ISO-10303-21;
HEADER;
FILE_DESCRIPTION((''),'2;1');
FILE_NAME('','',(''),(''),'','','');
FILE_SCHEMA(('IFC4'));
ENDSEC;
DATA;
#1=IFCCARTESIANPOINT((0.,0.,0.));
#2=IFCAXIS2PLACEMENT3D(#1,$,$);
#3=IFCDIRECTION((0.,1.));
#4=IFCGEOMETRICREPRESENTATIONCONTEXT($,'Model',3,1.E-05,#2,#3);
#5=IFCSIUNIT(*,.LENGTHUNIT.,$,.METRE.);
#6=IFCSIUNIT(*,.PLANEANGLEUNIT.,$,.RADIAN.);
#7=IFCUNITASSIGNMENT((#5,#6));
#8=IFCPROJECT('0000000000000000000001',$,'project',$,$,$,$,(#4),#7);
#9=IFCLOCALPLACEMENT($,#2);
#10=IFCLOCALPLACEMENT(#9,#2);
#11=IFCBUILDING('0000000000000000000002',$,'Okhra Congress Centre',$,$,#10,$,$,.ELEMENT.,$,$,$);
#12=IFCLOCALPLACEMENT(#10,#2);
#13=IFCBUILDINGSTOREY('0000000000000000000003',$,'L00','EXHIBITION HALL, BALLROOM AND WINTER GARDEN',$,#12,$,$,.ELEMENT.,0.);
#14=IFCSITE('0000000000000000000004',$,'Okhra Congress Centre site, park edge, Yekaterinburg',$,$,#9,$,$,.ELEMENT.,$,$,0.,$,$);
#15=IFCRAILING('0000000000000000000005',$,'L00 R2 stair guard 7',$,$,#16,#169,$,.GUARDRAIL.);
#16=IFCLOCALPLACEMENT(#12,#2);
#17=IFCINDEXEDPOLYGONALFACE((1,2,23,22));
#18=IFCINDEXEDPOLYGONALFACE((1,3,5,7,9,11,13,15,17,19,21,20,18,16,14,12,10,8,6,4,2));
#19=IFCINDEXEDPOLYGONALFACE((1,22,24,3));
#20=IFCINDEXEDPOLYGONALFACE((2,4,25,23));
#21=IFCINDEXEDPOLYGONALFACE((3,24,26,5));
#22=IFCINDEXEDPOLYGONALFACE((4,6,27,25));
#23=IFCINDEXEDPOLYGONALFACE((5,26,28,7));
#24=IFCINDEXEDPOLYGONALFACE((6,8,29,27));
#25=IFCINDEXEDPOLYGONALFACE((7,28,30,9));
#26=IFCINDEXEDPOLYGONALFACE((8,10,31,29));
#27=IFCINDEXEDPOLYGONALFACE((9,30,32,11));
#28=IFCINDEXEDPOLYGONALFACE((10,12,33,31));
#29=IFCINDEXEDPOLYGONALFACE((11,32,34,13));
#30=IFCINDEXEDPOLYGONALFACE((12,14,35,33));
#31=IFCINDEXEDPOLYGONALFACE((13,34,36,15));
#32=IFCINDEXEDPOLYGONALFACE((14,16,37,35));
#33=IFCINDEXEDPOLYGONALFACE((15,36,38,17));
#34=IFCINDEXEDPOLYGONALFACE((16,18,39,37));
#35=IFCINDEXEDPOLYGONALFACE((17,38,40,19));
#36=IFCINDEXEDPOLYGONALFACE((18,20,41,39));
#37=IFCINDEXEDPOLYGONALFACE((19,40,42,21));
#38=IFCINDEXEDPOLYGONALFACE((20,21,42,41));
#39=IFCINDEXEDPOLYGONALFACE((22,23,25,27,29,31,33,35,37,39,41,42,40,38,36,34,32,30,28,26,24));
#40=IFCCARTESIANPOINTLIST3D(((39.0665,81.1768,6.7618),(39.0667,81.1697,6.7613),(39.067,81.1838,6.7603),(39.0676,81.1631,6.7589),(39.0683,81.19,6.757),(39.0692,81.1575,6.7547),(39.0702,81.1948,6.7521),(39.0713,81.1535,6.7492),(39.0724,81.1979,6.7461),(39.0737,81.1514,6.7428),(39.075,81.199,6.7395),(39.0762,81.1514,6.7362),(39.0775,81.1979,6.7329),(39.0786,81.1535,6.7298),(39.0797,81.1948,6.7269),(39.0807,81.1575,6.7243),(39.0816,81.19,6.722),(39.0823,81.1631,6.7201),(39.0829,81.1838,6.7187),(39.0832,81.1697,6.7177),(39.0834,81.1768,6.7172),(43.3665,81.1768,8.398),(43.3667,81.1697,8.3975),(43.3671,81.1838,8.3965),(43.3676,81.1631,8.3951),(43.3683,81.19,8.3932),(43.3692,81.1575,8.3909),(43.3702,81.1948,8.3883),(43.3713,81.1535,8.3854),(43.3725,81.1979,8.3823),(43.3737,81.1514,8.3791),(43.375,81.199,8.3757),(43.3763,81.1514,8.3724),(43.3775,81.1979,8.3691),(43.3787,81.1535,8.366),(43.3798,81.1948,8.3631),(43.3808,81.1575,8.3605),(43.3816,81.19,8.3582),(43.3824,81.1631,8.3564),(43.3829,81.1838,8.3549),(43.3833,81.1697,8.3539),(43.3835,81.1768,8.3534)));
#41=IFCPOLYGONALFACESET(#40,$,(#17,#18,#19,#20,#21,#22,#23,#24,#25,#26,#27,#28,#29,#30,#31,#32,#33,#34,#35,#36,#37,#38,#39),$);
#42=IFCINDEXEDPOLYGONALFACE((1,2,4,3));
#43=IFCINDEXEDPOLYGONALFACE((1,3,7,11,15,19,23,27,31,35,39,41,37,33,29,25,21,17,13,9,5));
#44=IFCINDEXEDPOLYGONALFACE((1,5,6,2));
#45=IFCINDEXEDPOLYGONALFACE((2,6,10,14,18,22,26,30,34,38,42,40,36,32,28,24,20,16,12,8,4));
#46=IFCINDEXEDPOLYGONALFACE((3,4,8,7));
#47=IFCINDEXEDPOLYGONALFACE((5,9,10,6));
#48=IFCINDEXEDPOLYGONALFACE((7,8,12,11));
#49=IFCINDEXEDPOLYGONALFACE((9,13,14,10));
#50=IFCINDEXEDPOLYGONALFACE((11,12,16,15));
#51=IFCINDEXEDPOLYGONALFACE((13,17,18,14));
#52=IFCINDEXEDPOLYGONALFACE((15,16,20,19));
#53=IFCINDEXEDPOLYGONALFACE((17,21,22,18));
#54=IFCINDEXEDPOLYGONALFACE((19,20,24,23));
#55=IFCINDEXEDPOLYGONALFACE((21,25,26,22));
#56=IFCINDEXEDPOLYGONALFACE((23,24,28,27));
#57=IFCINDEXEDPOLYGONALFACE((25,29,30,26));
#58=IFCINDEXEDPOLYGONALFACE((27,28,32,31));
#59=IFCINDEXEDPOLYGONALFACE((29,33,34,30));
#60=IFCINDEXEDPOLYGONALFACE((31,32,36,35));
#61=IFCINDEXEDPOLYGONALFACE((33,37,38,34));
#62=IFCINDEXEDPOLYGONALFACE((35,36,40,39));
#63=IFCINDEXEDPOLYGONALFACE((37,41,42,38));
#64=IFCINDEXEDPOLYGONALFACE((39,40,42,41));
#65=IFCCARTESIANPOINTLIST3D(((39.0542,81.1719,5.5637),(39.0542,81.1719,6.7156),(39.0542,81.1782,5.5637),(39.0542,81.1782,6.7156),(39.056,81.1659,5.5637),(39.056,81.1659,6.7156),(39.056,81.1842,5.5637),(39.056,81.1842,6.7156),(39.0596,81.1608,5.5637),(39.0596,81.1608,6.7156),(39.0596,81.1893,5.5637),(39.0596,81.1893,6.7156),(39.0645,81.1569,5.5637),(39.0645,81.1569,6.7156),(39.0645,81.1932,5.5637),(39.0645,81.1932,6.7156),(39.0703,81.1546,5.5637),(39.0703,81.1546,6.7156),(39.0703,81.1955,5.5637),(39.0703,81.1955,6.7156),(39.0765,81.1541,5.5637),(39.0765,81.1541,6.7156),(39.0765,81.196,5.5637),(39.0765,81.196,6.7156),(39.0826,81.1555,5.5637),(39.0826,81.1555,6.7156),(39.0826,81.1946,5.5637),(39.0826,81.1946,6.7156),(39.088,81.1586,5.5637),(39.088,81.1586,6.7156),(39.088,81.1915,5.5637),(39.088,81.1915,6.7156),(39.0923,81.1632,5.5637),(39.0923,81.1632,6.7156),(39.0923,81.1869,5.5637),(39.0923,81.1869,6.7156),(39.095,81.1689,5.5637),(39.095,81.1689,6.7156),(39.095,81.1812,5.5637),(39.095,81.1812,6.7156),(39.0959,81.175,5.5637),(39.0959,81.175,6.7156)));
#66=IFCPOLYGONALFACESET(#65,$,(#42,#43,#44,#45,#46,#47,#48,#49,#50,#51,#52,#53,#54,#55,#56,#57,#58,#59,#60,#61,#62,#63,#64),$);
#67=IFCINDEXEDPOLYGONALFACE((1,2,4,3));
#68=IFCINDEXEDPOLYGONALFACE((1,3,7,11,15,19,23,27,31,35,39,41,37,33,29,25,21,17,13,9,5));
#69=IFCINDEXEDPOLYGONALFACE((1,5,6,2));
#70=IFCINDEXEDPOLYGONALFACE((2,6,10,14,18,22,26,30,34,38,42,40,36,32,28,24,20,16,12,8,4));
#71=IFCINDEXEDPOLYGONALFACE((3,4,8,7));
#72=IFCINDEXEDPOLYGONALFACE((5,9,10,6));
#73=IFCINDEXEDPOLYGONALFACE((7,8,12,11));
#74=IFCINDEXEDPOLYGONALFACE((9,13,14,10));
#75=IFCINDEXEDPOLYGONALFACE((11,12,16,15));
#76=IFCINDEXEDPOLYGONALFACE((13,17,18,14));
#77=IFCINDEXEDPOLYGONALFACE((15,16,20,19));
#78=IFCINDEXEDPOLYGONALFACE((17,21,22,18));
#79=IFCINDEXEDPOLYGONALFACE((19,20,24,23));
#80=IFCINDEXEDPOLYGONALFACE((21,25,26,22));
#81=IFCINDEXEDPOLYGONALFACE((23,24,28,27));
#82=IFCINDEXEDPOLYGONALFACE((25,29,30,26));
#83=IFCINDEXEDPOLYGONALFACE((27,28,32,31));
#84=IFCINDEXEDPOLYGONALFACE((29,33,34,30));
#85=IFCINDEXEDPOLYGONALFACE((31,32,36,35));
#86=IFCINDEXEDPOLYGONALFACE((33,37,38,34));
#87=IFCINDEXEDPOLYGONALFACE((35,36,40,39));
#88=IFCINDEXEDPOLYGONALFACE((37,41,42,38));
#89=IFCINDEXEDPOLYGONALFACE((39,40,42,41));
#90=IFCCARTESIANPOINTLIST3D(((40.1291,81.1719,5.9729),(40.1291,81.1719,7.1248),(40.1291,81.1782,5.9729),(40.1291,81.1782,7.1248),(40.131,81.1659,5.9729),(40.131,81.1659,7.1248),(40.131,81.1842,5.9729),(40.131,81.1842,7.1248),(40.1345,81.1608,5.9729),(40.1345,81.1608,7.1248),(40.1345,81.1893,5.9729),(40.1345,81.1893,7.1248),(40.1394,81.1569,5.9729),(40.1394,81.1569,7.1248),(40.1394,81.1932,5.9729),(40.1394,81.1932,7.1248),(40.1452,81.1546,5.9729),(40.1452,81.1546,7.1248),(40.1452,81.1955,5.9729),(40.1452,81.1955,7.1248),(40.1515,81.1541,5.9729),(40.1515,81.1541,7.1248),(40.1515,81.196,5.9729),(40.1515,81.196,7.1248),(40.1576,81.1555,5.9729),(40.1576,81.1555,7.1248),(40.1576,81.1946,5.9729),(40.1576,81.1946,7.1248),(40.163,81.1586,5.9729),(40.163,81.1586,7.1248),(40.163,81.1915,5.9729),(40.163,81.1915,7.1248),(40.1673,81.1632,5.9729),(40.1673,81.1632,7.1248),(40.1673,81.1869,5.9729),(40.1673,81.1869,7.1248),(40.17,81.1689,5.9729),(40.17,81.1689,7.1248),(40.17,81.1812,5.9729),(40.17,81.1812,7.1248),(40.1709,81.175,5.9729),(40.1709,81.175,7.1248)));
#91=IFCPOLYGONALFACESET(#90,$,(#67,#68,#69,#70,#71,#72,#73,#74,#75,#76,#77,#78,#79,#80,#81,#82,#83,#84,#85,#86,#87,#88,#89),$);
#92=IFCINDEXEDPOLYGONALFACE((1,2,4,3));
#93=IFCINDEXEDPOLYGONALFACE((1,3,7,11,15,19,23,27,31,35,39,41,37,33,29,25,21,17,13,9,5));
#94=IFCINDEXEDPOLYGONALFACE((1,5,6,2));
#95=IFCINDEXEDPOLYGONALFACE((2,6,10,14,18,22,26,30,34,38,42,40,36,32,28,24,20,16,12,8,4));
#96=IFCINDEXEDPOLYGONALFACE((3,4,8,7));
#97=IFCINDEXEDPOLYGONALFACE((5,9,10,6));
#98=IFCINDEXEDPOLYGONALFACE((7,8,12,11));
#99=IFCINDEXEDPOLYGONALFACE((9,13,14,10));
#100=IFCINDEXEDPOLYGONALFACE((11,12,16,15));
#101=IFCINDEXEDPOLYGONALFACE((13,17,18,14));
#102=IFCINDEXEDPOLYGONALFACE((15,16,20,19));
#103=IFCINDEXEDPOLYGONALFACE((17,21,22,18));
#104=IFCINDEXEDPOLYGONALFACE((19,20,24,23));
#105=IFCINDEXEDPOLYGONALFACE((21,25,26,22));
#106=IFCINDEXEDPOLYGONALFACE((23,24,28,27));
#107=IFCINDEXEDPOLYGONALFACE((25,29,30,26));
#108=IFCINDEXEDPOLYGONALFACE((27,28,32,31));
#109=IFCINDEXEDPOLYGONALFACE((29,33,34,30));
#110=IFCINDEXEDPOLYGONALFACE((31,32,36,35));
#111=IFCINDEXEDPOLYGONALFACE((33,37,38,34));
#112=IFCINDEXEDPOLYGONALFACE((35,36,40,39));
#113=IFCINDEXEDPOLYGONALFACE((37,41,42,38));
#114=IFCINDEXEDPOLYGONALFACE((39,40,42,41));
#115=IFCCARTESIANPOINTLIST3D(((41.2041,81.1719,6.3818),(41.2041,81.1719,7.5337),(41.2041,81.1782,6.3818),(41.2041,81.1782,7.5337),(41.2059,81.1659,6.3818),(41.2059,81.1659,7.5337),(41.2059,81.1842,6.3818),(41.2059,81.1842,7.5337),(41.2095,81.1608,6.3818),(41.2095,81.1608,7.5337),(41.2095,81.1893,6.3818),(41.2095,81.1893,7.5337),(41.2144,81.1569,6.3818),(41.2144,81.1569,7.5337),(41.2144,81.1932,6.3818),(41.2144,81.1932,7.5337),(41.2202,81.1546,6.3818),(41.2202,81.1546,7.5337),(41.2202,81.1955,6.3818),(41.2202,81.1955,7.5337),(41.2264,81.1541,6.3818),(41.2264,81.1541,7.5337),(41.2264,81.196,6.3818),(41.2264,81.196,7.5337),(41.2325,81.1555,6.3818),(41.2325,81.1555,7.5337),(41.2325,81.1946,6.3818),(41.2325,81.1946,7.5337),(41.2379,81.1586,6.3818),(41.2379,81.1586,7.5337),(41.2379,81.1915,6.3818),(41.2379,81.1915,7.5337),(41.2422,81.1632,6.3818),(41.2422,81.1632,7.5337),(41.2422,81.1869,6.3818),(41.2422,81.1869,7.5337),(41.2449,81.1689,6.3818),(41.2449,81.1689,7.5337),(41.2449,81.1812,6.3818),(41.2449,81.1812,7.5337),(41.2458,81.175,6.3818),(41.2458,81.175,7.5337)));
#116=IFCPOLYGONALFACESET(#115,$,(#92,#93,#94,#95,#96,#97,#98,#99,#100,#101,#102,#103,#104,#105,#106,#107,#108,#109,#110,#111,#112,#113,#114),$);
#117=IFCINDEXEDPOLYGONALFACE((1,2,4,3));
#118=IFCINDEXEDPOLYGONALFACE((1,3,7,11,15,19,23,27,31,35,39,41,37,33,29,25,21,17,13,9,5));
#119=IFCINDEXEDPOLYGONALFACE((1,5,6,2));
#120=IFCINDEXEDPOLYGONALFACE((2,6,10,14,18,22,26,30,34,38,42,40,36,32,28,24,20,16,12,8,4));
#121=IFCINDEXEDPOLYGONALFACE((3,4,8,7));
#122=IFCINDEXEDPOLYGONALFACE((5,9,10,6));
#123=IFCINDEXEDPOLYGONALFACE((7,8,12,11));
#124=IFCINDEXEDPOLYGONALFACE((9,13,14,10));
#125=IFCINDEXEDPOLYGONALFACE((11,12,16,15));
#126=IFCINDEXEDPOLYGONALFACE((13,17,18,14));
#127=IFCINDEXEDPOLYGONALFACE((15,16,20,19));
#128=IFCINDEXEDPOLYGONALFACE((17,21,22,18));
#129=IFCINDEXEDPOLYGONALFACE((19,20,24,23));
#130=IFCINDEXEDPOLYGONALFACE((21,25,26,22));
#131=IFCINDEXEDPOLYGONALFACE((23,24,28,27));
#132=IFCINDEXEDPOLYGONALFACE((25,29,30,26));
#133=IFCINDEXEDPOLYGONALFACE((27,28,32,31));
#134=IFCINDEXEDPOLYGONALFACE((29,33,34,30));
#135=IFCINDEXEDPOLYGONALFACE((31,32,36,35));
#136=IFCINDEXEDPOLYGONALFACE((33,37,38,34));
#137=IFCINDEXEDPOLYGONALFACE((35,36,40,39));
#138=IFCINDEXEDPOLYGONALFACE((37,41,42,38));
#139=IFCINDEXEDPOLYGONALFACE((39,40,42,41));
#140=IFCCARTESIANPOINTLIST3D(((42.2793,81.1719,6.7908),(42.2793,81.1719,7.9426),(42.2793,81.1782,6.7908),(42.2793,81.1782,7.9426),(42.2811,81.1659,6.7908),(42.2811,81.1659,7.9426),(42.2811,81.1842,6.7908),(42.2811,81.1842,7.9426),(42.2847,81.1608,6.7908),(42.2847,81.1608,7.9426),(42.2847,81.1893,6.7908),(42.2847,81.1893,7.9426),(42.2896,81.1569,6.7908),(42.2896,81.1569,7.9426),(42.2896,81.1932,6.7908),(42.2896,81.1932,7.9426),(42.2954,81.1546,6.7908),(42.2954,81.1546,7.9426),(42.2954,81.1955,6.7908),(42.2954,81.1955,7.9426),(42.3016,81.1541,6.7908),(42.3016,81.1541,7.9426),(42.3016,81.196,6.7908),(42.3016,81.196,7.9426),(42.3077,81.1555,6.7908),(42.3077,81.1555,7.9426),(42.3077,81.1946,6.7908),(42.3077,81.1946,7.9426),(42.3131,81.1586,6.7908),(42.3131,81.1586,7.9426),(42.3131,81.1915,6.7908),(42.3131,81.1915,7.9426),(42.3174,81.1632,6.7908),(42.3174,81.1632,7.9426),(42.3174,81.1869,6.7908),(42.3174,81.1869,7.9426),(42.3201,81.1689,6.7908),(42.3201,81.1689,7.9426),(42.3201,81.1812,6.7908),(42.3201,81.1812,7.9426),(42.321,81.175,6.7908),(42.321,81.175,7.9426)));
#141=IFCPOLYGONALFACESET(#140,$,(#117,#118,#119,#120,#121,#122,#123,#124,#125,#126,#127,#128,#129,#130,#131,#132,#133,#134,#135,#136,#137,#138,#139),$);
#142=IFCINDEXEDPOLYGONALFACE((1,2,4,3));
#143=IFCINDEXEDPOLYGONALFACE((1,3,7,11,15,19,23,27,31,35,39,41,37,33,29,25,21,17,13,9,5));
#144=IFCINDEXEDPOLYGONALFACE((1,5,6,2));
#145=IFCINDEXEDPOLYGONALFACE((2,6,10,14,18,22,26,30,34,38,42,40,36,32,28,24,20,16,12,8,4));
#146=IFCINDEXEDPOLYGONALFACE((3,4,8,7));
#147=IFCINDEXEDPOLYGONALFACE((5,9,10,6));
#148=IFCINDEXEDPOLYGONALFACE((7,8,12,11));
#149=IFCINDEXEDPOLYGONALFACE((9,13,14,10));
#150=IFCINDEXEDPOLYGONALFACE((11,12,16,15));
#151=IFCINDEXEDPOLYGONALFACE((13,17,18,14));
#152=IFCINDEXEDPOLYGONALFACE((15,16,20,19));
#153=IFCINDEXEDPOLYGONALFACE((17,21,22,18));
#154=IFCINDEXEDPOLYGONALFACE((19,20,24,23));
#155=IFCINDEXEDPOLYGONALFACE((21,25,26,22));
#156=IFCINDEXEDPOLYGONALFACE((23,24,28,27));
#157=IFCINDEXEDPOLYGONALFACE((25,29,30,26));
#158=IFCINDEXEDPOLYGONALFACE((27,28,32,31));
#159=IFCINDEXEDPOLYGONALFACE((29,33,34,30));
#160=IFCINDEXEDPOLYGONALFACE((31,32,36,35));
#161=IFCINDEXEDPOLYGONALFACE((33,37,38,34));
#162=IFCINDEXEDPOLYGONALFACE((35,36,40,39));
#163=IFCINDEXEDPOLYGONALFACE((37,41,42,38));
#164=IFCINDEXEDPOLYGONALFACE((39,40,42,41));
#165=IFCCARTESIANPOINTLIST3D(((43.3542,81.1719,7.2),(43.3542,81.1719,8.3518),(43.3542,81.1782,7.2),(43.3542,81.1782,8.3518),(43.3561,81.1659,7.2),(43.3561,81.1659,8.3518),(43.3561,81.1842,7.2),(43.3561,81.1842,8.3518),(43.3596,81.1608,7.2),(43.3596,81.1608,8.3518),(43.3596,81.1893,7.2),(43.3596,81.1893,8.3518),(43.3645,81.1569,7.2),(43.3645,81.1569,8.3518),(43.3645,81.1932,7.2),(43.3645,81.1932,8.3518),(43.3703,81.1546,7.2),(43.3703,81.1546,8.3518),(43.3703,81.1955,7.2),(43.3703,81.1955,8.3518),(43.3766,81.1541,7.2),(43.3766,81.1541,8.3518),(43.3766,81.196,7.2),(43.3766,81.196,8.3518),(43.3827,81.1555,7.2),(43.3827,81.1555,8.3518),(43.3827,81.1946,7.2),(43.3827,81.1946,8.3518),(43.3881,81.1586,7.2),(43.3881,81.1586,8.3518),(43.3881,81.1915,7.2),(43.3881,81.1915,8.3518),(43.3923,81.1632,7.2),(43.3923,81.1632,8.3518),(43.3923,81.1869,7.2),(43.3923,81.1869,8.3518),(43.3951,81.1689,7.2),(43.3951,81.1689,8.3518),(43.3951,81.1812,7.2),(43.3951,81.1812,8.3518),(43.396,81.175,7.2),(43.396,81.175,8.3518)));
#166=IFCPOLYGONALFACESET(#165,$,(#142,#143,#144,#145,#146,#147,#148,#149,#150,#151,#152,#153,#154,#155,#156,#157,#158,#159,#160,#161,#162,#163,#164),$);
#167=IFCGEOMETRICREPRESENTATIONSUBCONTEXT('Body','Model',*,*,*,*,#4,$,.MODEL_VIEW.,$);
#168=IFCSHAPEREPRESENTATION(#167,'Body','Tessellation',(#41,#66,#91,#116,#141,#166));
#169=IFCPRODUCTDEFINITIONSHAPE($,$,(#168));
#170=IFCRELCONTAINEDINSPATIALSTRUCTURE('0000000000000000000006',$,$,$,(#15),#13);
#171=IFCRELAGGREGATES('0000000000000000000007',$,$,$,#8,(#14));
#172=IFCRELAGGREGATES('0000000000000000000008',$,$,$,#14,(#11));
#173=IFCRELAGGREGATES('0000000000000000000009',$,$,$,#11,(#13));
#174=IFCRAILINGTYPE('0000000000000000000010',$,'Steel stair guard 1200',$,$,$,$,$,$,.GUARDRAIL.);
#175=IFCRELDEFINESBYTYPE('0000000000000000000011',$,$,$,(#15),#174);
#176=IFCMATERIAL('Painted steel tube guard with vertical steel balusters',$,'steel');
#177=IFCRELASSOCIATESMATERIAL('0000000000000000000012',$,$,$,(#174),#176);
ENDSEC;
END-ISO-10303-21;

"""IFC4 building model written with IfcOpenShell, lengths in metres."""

from ifc_helpers import new_model, si_unit, direction, frame, origin, origin_2d, place, context, subcontext, project, spatial, circle, extrude, material, type_object, element, save


model = new_model("IFC4")

# Units and contexts
model_context = context("Model", 3, precision=1e-05, world=origin(), true_north=direction((0.0, 1.0)))
body_context = subcontext(model_context, "Body", "Model", "MODEL_VIEW")
ifc_project = project(units=[si_unit("LENGTHUNIT", "METRE"), si_unit("PLANEANGLEUNIT", "RADIAN")], contexts=[model_context])

# Site, building, storey
site_placement = place(None, origin())
site = spatial("IfcSite", under=ifc_project, at=site_placement, Name="Okhra Congress Centre site, park edge, Yekaterinburg", CompositionType="ELEMENT", RefElevation=0.0)
building_placement = place(site_placement, origin())
building = spatial("IfcBuilding", under=site, at=building_placement, Name="Okhra Congress Centre", CompositionType="ELEMENT")
storey_placement = place(building_placement, origin())
storey = spatial("IfcBuildingStorey", under=building, at=storey_placement, Name="L00", Description="EXHIBITION HALL, BALLROOM AND WINTER GARDEN", CompositionType="ELEMENT", Elevation=0.0)

# Railing
ifc_material_1 = material(Name="Painted steel tube guard with vertical steel balusters", Category="steel")
railing_type_1 = type_object("IfcRailingType", Name="Steel stair guard 1200", PredefinedType="GUARDRAIL", material=ifc_material_1)
railing_1_placement = place(storey_placement, frame((39.075, 81.175, 5.5637)))
element("IfcRailing", 1, at=railing_1_placement, inside=storey, type_object=railing_type_1, Name="L00 R2 stair guard 7", PredefinedType="GUARDRAIL", context=body_context, shape_type="SweptSolid", body=[
    extrude(circle(Radius=0.0239, at=origin_2d()), frame((0.0, 0.0, 1.1758), z_axis=(0.934624, 0.0, 0.355638), x_axis=(0.0, 1.0, 0.0)), (0.0, 0.0, 1.0), 4.6008),
    extrude(circle(Radius=0.021, at=origin_2d()), origin(), (0.0, 0.0, 1.0), 1.1519),
    extrude(circle(Radius=0.021, at=origin_2d()), frame((1.075, 0.0, 0.4092)), (0.0, 0.0, 1.0), 1.1519),
    extrude(circle(Radius=0.021, at=origin_2d()), frame((2.1499, 0.0, 0.8181)), (0.0, 0.0, 1.0), 1.1519),
    extrude(circle(Radius=0.021, at=origin_2d()), frame((3.2251, 0.0, 1.2271)), (0.0, 0.0, 1.0), 1.1519),
    extrude(circle(Radius=0.021, at=origin_2d()), frame((4.3, 0.0, 1.6362)), (0.0, 0.0, 1.0), 1.1519),
])

save(model, "model.ifc")
